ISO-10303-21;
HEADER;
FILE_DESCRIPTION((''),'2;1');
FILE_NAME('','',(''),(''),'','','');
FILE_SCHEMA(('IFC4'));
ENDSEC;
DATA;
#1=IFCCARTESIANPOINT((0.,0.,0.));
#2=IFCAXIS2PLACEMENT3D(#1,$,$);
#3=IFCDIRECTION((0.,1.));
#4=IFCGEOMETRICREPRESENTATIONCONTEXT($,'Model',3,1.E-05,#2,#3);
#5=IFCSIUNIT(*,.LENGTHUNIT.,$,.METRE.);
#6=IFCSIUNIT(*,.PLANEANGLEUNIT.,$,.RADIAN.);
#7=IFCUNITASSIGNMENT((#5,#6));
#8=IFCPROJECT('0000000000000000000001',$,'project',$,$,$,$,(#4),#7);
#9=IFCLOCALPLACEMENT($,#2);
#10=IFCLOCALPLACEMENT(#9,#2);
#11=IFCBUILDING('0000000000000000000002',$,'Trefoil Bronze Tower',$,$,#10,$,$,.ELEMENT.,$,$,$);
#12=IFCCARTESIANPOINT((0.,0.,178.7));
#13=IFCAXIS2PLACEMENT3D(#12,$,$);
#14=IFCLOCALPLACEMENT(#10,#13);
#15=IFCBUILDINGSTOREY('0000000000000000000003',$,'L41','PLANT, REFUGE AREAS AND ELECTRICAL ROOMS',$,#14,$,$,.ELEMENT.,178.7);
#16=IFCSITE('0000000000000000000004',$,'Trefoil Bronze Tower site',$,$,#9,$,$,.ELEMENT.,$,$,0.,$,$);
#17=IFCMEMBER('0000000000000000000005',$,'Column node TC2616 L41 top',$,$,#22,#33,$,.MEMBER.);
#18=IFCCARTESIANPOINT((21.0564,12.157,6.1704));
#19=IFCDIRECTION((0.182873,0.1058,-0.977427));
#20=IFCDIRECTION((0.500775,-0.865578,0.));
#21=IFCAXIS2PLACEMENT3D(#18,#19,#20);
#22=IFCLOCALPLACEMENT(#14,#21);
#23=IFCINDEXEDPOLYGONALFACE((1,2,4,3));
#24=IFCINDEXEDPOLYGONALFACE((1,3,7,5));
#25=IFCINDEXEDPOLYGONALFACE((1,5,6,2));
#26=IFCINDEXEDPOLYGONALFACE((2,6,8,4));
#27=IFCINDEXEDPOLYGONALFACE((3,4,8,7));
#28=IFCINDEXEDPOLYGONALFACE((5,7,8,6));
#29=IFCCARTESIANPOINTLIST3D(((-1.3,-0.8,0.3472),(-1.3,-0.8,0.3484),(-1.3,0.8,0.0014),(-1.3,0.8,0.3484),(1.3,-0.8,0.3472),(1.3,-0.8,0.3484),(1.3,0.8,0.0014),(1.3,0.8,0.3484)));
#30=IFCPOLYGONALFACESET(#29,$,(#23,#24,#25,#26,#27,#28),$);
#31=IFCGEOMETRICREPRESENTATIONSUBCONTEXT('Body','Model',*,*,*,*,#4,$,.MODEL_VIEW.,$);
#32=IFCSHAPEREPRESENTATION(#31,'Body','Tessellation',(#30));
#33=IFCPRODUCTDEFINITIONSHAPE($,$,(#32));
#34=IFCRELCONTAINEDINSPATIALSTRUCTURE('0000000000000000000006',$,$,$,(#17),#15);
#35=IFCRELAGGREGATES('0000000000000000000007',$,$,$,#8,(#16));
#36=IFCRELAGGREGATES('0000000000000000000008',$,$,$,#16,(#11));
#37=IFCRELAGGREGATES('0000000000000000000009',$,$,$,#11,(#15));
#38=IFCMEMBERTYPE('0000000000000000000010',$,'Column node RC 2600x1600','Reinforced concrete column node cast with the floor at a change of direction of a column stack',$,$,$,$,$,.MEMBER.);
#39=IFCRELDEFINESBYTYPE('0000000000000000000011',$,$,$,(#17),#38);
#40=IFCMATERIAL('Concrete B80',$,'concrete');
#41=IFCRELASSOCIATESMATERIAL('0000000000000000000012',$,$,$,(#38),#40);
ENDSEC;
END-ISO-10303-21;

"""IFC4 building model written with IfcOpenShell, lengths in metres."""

from ifc_helpers import new_model, si_unit, direction, frame, origin, origin_2d, place, context, subcontext, project, spatial, rectangle, extrude, clip, halfspace, material, material_profile, profile_set, type_object, element, save


model = new_model("IFC4")

# Units and contexts
model_context = context("Model", 3, precision=1e-05, world=origin(), true_north=direction((0.0, 1.0)))
body_context = subcontext(model_context, "Body", "Model", "MODEL_VIEW")
ifc_project = project(units=[si_unit("LENGTHUNIT", "METRE"), si_unit("PLANEANGLEUNIT", "RADIAN")], contexts=[model_context])

# Site, building, storey
site_placement = place(None, origin())
site = spatial("IfcSite", under=ifc_project, at=site_placement, Name="Trefoil Bronze Tower site", CompositionType="ELEMENT", RefElevation=0.0)
building_placement = place(site_placement, origin())
building = spatial("IfcBuilding", under=site, at=building_placement, Name="Trefoil Bronze Tower", CompositionType="ELEMENT")
storey_placement = place(building_placement, frame((0.0, 0.0, 178.7)))
storey = spatial("IfcBuildingStorey", under=building, at=storey_placement, Name="L41", Description="PLANT, REFUGE AREAS AND ELECTRICAL ROOMS", CompositionType="ELEMENT", Elevation=178.7)

# Member
ifc_material_1 = material(Name="Concrete B80", Category="concrete")
ifc_material_profile_1 = material_profile(ifc_material_1, rectangle(XDim=2.6001, YDim=1.6001, at=origin_2d()), Name="RC 2600x1600")
ifc_profile_set_1 = profile_set([ifc_material_profile_1], Name="Concrete B80")
member_type = type_object("IfcMemberType", Name="Column node RC 2600x1600", Description="Reinforced concrete column node cast with the floor at a change of direction of a column stack", PredefinedType="MEMBER", material=ifc_profile_set_1)
member_1_placement = place(storey_placement, frame((21.0564, 12.157, 6.1704), z_axis=(0.182873, 0.1058, -0.977427), x_axis=(0.500775, -0.865578, 0.0)))
element("IfcMember", 1, at=member_1_placement, inside=storey, type_object=member_type, Name="Column node TC2616 L41 top", PredefinedType="MEMBER", context=body_context, shape_type="Clipping", body=[
    clip(extrude(rectangle(XDim=2.6001, YDim=1.6001, at=origin_2d()), origin(), (0.0, 0.0, 1.0), 0.3484), halfspace(frame((0.0, 0.0, 0.1743), z_axis=(0.0, 0.211273, 0.977427), x_axis=(0.0, 0.977427, -0.211273)), True)),
])

save(model, "model.ifc")
